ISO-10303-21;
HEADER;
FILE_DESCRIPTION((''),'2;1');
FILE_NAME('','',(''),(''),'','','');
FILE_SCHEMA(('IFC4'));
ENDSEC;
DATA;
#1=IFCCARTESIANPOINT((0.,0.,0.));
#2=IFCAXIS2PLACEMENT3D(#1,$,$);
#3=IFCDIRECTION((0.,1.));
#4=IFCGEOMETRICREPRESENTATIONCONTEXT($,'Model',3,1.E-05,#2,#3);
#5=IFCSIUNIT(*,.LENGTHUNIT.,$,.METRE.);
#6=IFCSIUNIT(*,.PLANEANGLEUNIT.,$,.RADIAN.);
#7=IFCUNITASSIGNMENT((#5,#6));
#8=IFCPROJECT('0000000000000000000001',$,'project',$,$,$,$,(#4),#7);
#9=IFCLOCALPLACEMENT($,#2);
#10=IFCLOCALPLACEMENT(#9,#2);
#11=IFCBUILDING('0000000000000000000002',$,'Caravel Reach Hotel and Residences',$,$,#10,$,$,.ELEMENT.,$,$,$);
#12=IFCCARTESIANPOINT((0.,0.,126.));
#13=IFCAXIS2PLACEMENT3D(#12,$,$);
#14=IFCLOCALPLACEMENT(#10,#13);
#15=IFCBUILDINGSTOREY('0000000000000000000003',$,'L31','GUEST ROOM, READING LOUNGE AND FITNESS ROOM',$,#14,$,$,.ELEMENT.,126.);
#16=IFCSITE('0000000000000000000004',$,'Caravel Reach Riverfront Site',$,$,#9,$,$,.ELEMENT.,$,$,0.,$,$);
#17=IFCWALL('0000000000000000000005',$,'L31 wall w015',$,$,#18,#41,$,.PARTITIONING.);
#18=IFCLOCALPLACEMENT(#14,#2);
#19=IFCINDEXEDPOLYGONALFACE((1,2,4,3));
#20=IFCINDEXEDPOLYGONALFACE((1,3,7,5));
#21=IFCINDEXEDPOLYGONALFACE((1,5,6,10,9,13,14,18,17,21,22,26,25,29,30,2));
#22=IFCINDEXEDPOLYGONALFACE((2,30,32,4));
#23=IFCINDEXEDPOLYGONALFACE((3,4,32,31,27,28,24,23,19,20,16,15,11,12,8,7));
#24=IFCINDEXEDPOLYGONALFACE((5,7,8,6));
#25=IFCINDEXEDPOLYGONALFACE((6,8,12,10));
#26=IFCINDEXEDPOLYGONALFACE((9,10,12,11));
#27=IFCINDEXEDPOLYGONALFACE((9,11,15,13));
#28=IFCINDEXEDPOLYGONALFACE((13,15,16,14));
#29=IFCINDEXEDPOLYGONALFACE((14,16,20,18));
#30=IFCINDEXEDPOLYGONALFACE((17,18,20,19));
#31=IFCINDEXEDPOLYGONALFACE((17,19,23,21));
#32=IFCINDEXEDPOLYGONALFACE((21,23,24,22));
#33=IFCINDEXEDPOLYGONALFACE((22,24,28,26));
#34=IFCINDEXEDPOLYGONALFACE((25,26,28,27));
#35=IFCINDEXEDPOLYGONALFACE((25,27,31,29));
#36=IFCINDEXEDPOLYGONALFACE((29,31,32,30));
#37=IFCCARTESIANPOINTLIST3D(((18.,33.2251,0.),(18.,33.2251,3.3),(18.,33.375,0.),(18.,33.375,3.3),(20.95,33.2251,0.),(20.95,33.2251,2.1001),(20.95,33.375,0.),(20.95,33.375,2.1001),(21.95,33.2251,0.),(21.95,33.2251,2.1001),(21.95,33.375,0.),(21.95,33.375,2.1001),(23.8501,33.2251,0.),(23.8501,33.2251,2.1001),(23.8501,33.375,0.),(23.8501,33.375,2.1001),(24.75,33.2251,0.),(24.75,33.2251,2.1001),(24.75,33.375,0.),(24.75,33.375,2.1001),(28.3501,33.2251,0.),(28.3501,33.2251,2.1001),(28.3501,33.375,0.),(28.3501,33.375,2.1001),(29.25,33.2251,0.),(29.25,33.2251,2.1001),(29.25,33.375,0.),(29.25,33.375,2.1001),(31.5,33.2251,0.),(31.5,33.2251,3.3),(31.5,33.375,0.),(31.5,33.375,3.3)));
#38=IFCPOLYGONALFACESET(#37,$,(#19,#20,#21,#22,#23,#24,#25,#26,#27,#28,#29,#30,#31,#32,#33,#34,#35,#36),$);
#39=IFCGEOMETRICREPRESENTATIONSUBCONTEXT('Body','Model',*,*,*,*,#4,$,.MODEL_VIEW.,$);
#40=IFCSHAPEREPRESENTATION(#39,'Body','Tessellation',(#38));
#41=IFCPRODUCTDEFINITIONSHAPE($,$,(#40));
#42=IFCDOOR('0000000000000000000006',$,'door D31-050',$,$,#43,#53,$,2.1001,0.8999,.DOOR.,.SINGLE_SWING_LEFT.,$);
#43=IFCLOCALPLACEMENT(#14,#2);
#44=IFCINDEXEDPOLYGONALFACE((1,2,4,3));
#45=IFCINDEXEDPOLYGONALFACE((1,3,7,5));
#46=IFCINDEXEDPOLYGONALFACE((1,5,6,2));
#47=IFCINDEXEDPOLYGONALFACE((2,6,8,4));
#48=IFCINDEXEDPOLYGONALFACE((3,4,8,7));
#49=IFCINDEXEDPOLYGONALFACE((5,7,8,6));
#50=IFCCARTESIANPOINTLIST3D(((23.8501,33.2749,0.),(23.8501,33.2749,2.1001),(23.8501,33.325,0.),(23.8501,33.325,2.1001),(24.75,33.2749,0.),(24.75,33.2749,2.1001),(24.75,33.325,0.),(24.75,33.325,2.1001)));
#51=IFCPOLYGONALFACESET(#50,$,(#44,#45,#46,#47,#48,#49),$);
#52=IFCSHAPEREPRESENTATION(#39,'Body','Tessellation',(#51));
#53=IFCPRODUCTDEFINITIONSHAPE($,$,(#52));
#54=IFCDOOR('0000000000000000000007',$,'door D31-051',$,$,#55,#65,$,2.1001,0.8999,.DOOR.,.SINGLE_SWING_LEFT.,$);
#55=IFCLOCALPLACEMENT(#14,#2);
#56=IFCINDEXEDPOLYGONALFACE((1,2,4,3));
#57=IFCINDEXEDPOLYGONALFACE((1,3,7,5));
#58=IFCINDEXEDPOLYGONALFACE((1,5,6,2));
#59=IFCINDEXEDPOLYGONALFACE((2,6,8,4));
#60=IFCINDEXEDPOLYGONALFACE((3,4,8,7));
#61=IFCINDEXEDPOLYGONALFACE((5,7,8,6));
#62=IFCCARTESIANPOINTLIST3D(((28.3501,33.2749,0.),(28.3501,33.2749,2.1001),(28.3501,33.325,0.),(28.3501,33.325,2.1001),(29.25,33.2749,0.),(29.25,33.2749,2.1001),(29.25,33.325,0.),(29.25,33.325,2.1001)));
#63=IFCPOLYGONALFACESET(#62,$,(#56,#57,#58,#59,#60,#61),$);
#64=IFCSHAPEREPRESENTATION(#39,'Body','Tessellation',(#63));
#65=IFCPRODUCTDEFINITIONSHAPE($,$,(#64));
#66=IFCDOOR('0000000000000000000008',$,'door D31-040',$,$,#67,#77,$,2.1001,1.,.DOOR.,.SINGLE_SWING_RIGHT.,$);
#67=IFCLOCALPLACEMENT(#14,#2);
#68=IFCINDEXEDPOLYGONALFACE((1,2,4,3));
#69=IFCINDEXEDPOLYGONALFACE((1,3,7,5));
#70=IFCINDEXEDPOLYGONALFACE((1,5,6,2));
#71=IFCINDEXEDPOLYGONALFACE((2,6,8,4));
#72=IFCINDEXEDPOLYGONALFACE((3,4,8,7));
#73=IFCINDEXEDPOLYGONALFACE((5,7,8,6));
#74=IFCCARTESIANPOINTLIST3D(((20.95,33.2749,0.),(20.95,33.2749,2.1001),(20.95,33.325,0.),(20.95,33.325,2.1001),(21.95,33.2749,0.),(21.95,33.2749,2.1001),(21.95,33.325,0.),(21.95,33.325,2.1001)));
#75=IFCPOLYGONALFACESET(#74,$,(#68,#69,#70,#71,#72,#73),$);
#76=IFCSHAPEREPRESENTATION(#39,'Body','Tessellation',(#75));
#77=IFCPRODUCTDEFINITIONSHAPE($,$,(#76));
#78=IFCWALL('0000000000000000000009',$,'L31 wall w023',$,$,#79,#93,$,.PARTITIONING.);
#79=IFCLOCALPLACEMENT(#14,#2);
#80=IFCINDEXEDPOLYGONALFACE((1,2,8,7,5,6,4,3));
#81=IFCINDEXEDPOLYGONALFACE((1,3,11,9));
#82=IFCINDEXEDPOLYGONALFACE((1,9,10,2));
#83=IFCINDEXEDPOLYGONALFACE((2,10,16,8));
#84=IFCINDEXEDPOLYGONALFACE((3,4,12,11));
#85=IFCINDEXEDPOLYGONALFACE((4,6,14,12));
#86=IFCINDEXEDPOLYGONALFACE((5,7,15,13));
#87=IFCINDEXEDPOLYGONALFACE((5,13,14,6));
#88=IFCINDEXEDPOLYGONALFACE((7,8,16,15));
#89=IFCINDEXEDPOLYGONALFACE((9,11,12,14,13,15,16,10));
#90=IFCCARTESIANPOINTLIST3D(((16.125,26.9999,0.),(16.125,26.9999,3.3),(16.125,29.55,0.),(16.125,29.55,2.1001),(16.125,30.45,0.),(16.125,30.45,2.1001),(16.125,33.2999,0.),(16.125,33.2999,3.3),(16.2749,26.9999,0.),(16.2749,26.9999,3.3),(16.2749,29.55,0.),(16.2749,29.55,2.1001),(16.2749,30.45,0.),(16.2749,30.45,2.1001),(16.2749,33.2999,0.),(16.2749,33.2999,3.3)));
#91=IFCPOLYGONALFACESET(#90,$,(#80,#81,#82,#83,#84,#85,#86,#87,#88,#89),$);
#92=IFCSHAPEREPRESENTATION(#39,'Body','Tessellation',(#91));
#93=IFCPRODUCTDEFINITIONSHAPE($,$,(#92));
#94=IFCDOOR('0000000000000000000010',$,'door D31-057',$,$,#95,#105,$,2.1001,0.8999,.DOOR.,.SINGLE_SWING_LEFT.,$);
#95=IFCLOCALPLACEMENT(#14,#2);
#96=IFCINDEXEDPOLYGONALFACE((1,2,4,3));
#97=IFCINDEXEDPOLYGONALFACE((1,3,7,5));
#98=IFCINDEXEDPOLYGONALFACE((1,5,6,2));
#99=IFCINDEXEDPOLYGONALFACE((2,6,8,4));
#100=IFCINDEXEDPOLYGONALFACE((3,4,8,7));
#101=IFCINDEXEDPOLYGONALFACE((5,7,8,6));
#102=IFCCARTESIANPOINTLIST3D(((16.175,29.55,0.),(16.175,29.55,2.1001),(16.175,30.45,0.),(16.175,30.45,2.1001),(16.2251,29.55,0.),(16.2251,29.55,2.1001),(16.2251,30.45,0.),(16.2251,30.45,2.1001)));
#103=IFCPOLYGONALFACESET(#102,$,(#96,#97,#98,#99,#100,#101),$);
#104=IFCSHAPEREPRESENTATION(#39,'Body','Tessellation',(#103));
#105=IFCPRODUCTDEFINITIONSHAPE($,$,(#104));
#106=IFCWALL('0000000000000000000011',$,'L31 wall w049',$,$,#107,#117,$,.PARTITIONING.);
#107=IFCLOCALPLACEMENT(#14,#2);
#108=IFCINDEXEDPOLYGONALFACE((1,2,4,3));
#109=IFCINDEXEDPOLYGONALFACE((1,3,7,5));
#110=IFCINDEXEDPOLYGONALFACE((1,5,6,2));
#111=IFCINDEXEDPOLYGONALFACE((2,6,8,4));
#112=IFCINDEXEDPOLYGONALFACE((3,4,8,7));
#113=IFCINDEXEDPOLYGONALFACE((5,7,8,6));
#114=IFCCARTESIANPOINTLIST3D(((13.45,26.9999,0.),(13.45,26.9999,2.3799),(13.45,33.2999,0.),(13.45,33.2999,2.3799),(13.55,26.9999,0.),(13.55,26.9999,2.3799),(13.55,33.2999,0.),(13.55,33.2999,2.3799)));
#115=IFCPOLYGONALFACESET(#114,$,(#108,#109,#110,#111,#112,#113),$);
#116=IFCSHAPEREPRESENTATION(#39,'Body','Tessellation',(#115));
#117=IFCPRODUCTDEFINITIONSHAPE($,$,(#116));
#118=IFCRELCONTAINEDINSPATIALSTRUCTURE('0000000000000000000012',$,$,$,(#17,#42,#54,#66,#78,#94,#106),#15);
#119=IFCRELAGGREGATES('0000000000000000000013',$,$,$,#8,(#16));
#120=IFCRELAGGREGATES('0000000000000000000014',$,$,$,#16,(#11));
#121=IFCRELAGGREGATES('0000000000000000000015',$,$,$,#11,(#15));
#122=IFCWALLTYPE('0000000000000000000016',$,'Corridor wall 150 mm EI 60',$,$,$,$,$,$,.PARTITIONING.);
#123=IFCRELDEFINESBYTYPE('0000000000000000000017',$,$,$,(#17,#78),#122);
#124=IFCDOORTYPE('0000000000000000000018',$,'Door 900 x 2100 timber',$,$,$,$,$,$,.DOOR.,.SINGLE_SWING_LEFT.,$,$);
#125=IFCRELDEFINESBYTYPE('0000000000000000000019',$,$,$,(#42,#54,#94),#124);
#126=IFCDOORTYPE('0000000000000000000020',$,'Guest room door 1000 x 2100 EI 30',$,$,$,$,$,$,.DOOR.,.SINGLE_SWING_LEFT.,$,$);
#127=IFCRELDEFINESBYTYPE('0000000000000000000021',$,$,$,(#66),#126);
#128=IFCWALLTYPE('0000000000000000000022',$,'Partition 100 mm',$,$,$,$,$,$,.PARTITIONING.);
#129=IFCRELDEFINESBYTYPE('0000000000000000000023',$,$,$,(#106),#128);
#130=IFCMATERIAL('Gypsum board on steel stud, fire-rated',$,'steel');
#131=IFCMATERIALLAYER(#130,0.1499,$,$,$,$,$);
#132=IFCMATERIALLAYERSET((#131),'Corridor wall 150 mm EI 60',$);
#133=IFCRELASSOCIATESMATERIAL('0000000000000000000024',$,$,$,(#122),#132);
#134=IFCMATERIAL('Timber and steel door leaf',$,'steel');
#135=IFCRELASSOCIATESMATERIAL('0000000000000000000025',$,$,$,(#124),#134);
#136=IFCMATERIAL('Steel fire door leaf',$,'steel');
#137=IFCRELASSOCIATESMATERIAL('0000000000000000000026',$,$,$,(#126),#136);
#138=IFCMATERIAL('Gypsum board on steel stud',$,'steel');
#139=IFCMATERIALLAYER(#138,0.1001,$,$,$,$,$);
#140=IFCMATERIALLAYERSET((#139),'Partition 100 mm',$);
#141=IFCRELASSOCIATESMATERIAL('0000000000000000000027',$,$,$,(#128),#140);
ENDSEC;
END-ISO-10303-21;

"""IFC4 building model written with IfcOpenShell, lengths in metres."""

from ifc_helpers import new_model, si_unit, direction, frame, frame_2d, origin, place, context, subcontext, project, spatial, rectangle, extrude, material, layer, layer_set, type_object, element, fill, save


model = new_model("IFC4")

# Units and contexts
model_context = context("Model", 3, precision=1e-05, world=origin(), true_north=direction((0.0, 1.0)))
body_context = subcontext(model_context, "Body", "Model", "MODEL_VIEW")
ifc_project = project(units=[si_unit("LENGTHUNIT", "METRE"), si_unit("PLANEANGLEUNIT", "RADIAN")], contexts=[model_context])

# Site, building, storey
site_placement = place(None, origin())
site = spatial("IfcSite", under=ifc_project, at=site_placement, Name="Caravel Reach Riverfront Site", CompositionType="ELEMENT", RefElevation=0.0)
building_placement = place(site_placement, origin())
building = spatial("IfcBuilding", under=site, at=building_placement, Name="Caravel Reach Hotel and Residences", CompositionType="ELEMENT")
storey_placement = place(building_placement, frame((0.0, 0.0, 126.0)))
storey = spatial("IfcBuildingStorey", under=building, at=storey_placement, Name="L31", Description="GUEST ROOM, READING LOUNGE AND FITNESS ROOM", CompositionType="ELEMENT", Elevation=126.0)

# Wall, openings, doors
ifc_material_1 = material(Name="Gypsum board on steel stud, fire-rated", Category="steel")
ifc_layer_1 = layer(ifc_material_1, 0.1499)
ifc_layer_set_1 = layer_set([ifc_layer_1], Name="Corridor wall 150 mm EI 60")
wall_type_1 = type_object("IfcWallType", Name="Corridor wall 150 mm EI 60", PredefinedType="PARTITIONING", material=ifc_layer_set_1)
wall_1_placement = place(storey_placement, frame((18.0, 33.3, 0.0), z_axis=(0.0, 0.0, 1.0), x_axis=(1.0, 0.0, 0.0)))
wall_1 = element("IfcWall", 1, at=wall_1_placement, inside=storey, type_object=wall_type_1, Name="L31 wall w015", PredefinedType="PARTITIONING", context=body_context, shape_type="SweptSolid", body=[
    extrude(rectangle(XDim=13.5, YDim=0.1499, at=frame_2d((6.75, 0.0))), origin(), (0.0, 0.0, 1.0), 3.3),
])
opening_1_placement = place(wall_1_placement, frame((2.95, 0.0, 0.0)))
opening_1 = element("IfcOpeningElement", 2, at=opening_1_placement, cuts=wall_1, PredefinedType="OPENING", context=body_context, shape_type="SweptSolid", body=[
    extrude(rectangle(XDim=1.0, YDim=2.1001, at=frame_2d((0.5, 1.05))), frame((0.0, 0.085, 0.0), z_axis=(0.0, -1.0, 0.0), x_axis=(1.0, 0.0, 0.0)), (0.0, 0.0, 1.0), 0.1699),
])
opening_2_placement = place(wall_1_placement, frame((5.8501, 0.0, 0.0)))
opening_2 = element("IfcOpeningElement", 3, at=opening_2_placement, cuts=wall_1, PredefinedType="OPENING", context=body_context, shape_type="SweptSolid", body=[
    extrude(rectangle(XDim=0.8999, YDim=2.1001, at=frame_2d((0.45, 1.05))), frame((0.0, 0.085, 0.0), z_axis=(0.0, -1.0, 0.0), x_axis=(1.0, 0.0, 0.0)), (0.0, 0.0, 1.0), 0.1699),
])
opening_3_placement = place(wall_1_placement, frame((10.3501, 0.0, 0.0)))
opening_3 = element("IfcOpeningElement", 4, at=opening_3_placement, cuts=wall_1, PredefinedType="OPENING", context=body_context, shape_type="SweptSolid", body=[
    extrude(rectangle(XDim=0.8999, YDim=2.1001, at=frame_2d((0.45, 1.05))), frame((0.0, 0.085, 0.0), z_axis=(0.0, -1.0, 0.0), x_axis=(1.0, 0.0, 0.0)), (0.0, 0.0, 1.0), 0.1699),
])
ifc_material_2 = material(Name="Timber and steel door leaf", Category="steel")
door_type_1 = type_object("IfcDoorType", Name="Door 900 x 2100 timber", OperationType="SINGLE_SWING_LEFT", PredefinedType="DOOR", material=ifc_material_2)
door_1_placement = place(opening_2_placement, origin())
door_1 = element("IfcDoor", 5, at=door_1_placement, inside=storey, type_object=door_type_1, Name="door D31-050", OperationType="SINGLE_SWING_LEFT", OverallHeight=2.1001, OverallWidth=0.8999, PredefinedType="DOOR", context=body_context, shape_type="SweptSolid", body=[
    extrude(rectangle(XDim=0.8999, YDim=2.1001, at=frame_2d((0.45, 1.05))), frame((0.0, 0.0249, 0.0), z_axis=(0.0, -1.0, 0.0), x_axis=(1.0, 0.0, 0.0)), (0.0, 0.0, 1.0), 0.05),
])
fill(opening_2, door_1)
door_2_placement = place(opening_3_placement, origin())
door_2 = element("IfcDoor", 6, at=door_2_placement, inside=storey, type_object=door_type_1, Name="door D31-051", OperationType="SINGLE_SWING_LEFT", OverallHeight=2.1001, OverallWidth=0.8999, PredefinedType="DOOR", context=body_context, shape_type="SweptSolid", body=[
    extrude(rectangle(XDim=0.8999, YDim=2.1001, at=frame_2d((0.45, 1.05))), frame((0.0, 0.0249, 0.0), z_axis=(0.0, -1.0, 0.0), x_axis=(1.0, 0.0, 0.0)), (0.0, 0.0, 1.0), 0.05),
])
fill(opening_3, door_2)
ifc_material_3 = material(Name="Steel fire door leaf", Category="steel")
door_type_2 = type_object("IfcDoorType", Name="Guest room door 1000 x 2100 EI 30", OperationType="SINGLE_SWING_LEFT", PredefinedType="DOOR", material=ifc_material_3)
door_3_placement = place(opening_1_placement, origin())
door_3 = element("IfcDoor", 7, at=door_3_placement, inside=storey, type_object=door_type_2, Name="door D31-040", OperationType="SINGLE_SWING_RIGHT", OverallHeight=2.1001, OverallWidth=1.0, PredefinedType="DOOR", context=body_context, shape_type="SweptSolid", body=[
    extrude(rectangle(XDim=1.0, YDim=2.1001, at=frame_2d((0.5, 1.05))), frame((0.0, 0.0249, 0.0), z_axis=(0.0, -1.0, 0.0), x_axis=(1.0, 0.0, 0.0)), (0.0, 0.0, 1.0), 0.05),
])
fill(opening_1, door_3)

# Wall, opening, door
wall_2_placement = place(storey_placement, frame((16.2, 27.0, 0.0), z_axis=(0.0, 0.0, 1.0), x_axis=(0.0, 1.0, 0.0)))
wall_2 = element("IfcWall", 8, at=wall_2_placement, inside=storey, type_object=wall_type_1, Name="L31 wall w023", PredefinedType="PARTITIONING", context=body_context, shape_type="SweptSolid", body=[
    extrude(rectangle(XDim=6.3, YDim=0.1499, at=frame_2d((3.1499, 0.0))), origin(), (0.0, 0.0, 1.0), 3.3),
])
opening_4_placement = place(wall_2_placement, frame((2.55, 0.0, 0.0)))
opening_4 = element("IfcOpeningElement", 9, at=opening_4_placement, cuts=wall_2, PredefinedType="OPENING", context=body_context, shape_type="SweptSolid", body=[
    extrude(rectangle(XDim=0.8999, YDim=2.1001, at=frame_2d((0.45, 1.05))), frame((0.0, 0.085, 0.0), z_axis=(0.0, -1.0, 0.0), x_axis=(1.0, 0.0, 0.0)), (0.0, 0.0, 1.0), 0.1699),
])
door_4_placement = place(opening_4_placement, origin())
door_4 = element("IfcDoor", 10, at=door_4_placement, inside=storey, type_object=door_type_1, Name="door D31-057", OperationType="SINGLE_SWING_LEFT", OverallHeight=2.1001, OverallWidth=0.8999, PredefinedType="DOOR", context=body_context, shape_type="SweptSolid", body=[
    extrude(rectangle(XDim=0.8999, YDim=2.1001, at=frame_2d((0.45, 1.05))), frame((0.0, 0.0249, 0.0), z_axis=(0.0, -1.0, 0.0), x_axis=(1.0, 0.0, 0.0)), (0.0, 0.0, 1.0), 0.05),
])
fill(opening_4, door_4)

# Wall
ifc_material_4 = material(Name="Gypsum board on steel stud", Category="steel")
ifc_layer_2 = layer(ifc_material_4, 0.1001)
ifc_layer_set_2 = layer_set([ifc_layer_2], Name="Partition 100 mm")
wall_type_2 = type_object("IfcWallType", Name="Partition 100 mm", PredefinedType="PARTITIONING", material=ifc_layer_set_2)
wall_3_placement = place(storey_placement, frame((13.5, 27.0, 0.0), z_axis=(0.0, 0.0, 1.0), x_axis=(0.0, 1.0, 0.0)))
element("IfcWall", 11, at=wall_3_placement, inside=storey, type_object=wall_type_2, Name="L31 wall w049", PredefinedType="PARTITIONING", context=body_context, shape_type="SweptSolid", body=[
    extrude(rectangle(XDim=6.3, YDim=0.1001, at=frame_2d((3.1499, 0.0))), origin(), (0.0, 0.0, 1.0), 2.3799),
])

save(model, "model.ifc")
